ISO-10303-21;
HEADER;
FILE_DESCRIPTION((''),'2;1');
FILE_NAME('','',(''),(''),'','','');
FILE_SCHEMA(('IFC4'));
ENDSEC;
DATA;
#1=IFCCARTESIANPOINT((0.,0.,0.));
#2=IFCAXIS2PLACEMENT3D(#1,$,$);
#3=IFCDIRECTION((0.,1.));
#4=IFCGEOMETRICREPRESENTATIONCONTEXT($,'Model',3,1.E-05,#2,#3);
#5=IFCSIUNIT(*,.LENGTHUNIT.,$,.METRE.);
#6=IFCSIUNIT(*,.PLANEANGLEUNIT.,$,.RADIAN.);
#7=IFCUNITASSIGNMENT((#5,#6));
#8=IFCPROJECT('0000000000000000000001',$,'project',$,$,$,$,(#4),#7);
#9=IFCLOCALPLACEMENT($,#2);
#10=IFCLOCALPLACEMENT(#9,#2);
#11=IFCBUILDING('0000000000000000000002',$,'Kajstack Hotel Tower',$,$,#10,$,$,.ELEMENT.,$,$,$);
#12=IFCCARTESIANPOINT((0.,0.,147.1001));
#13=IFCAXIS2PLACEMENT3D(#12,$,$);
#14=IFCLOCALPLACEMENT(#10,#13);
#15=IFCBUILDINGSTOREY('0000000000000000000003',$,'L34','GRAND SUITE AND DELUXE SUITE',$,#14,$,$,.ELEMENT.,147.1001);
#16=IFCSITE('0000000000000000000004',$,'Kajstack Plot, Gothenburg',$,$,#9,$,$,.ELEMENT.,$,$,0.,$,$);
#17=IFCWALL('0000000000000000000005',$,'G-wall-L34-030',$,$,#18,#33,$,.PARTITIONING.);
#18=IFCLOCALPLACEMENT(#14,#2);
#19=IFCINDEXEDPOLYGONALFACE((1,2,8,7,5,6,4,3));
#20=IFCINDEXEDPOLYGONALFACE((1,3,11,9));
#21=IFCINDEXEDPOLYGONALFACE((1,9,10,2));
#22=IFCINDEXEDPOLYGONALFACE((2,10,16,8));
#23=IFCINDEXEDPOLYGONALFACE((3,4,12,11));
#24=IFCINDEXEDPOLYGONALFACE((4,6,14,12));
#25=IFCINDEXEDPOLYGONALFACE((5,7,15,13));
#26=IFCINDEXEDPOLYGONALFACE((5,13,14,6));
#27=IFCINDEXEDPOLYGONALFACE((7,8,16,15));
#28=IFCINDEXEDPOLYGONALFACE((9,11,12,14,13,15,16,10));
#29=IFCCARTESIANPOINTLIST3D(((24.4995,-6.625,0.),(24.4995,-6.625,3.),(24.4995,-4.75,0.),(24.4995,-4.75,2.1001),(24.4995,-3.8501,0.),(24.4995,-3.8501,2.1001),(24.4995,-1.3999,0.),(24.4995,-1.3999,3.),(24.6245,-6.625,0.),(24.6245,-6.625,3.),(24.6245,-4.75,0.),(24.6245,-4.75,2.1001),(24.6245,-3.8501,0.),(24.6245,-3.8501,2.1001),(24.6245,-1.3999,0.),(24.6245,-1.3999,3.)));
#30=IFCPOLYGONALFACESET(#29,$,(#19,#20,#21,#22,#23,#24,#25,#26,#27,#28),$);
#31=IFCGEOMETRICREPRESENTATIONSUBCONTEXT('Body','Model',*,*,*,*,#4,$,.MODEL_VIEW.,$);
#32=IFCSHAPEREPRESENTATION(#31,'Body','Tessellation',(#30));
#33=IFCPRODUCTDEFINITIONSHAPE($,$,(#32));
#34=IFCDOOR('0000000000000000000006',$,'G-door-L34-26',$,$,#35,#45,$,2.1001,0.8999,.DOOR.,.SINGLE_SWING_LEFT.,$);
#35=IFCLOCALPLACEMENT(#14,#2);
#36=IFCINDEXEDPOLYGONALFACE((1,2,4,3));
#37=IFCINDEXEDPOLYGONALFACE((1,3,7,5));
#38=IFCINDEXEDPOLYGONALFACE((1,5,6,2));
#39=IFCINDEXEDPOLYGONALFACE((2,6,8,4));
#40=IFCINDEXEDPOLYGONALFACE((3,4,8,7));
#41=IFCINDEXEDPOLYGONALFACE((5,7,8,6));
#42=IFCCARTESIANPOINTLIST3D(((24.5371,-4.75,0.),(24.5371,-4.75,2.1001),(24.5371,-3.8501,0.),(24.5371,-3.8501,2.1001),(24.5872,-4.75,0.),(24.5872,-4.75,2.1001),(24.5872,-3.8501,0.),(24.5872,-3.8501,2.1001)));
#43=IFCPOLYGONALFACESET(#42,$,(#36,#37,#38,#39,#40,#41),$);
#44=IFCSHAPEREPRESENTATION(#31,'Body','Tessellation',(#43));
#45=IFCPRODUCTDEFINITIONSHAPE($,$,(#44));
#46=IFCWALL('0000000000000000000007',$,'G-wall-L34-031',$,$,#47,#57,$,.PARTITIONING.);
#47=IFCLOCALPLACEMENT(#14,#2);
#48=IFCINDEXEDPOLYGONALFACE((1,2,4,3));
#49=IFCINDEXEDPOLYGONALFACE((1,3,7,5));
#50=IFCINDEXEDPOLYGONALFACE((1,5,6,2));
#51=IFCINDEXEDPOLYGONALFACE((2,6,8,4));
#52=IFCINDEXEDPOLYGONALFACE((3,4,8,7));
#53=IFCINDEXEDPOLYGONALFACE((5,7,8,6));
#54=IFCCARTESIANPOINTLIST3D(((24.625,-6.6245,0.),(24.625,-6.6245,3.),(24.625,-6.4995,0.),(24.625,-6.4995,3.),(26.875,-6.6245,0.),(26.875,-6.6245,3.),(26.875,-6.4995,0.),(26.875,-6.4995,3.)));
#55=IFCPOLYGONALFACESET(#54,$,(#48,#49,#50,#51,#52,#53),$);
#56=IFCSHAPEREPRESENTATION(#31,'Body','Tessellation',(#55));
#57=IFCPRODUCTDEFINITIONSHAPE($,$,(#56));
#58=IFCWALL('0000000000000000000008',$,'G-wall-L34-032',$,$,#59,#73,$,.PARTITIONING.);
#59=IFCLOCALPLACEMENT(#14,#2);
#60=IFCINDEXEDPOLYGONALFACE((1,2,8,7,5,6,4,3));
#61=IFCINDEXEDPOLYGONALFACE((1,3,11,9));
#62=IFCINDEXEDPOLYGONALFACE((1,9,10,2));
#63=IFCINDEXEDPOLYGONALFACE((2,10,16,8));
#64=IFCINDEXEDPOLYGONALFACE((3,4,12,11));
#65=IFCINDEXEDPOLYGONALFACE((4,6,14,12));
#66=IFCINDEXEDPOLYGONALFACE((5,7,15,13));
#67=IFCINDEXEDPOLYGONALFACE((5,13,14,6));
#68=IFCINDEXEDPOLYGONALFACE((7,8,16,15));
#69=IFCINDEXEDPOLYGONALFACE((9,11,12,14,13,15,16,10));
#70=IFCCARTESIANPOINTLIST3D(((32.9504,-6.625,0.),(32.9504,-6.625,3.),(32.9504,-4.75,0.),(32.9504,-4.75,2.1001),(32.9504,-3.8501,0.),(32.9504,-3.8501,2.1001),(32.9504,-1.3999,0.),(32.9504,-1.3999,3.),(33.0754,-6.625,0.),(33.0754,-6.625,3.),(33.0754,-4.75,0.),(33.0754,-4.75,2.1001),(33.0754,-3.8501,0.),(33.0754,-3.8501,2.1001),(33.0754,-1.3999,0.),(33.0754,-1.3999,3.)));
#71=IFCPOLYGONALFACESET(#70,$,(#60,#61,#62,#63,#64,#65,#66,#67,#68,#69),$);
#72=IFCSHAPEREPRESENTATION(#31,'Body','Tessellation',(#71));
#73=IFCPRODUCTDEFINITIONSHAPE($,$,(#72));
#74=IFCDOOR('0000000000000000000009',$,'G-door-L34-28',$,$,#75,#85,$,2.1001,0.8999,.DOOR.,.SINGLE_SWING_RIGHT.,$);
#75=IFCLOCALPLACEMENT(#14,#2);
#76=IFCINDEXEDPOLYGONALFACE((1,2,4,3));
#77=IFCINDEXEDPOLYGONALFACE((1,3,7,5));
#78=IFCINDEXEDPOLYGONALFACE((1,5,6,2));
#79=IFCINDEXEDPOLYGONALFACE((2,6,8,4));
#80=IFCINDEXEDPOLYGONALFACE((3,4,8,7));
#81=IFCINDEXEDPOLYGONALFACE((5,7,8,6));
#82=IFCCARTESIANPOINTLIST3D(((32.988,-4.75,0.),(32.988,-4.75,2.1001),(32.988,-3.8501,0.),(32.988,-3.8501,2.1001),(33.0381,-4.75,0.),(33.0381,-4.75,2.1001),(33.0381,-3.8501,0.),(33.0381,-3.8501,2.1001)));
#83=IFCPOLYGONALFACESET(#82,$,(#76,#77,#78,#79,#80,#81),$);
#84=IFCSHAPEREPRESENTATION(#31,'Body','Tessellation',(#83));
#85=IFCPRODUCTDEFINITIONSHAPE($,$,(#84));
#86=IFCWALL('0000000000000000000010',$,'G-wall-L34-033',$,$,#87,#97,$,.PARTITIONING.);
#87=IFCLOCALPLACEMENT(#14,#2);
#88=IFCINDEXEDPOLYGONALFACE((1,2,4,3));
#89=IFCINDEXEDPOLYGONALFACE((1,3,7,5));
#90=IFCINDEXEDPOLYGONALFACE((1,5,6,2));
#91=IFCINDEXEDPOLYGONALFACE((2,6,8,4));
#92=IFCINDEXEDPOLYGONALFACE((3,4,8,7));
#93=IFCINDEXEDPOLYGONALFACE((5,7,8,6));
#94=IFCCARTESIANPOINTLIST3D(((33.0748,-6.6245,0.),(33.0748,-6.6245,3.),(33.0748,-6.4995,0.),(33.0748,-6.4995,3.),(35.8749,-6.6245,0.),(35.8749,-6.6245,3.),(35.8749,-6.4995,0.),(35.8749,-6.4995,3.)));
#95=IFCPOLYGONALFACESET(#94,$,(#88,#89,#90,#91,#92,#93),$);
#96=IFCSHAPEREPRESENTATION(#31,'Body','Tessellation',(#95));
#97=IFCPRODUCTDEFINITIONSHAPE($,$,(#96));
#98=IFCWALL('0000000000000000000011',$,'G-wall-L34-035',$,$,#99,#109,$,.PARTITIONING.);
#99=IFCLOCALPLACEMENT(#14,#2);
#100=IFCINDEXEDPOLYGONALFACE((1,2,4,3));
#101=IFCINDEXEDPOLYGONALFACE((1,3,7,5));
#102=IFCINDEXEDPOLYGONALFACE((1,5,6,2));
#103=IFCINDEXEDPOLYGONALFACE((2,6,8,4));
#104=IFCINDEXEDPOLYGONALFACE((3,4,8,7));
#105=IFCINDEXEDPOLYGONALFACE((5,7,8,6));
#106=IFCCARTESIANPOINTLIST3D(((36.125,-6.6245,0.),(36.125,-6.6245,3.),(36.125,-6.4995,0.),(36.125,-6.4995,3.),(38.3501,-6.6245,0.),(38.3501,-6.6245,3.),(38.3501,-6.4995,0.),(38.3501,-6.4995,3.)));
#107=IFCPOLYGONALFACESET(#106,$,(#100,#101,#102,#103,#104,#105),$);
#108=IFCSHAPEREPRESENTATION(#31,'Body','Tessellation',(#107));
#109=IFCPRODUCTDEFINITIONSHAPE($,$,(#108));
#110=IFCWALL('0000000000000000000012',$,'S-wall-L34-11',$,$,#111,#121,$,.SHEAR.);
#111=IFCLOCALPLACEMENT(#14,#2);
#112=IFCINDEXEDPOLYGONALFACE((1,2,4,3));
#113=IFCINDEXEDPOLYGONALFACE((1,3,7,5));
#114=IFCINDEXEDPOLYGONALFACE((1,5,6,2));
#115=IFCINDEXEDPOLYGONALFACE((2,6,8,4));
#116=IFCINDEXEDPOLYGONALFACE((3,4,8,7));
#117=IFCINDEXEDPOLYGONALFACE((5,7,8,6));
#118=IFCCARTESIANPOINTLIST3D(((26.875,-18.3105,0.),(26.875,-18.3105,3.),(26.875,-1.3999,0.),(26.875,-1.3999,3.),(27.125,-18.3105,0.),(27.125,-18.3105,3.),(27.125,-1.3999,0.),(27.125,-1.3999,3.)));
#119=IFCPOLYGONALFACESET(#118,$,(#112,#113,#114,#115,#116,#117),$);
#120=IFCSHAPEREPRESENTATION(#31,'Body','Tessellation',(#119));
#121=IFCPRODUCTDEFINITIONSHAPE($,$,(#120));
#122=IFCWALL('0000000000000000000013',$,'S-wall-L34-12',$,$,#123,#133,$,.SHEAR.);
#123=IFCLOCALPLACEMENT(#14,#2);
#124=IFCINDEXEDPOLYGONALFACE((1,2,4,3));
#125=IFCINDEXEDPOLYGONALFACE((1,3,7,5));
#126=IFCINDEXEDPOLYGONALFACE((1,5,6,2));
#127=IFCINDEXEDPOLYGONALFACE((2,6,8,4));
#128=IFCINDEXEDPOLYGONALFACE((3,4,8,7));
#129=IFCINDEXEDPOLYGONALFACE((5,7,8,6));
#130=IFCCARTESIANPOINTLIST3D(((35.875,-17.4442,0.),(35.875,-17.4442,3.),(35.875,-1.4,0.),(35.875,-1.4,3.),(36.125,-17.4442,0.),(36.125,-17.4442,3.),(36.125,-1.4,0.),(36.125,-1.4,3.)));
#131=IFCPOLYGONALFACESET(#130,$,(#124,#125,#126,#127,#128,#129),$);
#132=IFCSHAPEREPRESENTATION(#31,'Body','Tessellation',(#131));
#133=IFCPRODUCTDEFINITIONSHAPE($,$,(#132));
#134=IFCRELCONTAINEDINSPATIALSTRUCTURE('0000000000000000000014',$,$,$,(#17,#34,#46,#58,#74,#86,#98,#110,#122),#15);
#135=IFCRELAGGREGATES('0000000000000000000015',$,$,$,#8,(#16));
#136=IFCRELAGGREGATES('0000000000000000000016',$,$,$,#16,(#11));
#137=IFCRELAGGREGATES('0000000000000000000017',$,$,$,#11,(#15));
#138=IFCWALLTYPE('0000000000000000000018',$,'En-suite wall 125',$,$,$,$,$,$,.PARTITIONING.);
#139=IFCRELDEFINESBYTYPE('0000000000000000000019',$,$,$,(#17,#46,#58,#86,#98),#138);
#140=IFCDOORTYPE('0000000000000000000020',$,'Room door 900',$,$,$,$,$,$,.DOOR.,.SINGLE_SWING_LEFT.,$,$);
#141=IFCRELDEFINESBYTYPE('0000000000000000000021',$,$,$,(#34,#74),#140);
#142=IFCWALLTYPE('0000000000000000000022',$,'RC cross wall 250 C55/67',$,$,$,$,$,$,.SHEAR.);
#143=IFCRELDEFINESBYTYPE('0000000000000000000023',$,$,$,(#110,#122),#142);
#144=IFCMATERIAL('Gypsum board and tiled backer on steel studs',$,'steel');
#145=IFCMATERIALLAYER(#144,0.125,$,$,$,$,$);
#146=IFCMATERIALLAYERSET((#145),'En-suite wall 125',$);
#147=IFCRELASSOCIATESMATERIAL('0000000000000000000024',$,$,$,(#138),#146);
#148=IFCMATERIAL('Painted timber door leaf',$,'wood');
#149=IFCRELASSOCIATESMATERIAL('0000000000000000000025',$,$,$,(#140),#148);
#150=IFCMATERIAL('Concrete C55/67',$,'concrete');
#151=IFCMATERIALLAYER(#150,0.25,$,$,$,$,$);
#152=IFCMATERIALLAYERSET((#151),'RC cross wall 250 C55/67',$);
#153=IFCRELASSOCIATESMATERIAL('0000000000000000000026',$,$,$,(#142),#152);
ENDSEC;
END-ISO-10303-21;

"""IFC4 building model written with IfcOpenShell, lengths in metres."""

from ifc_helpers import new_model, si_unit, direction, frame, frame_2d, origin, place, context, subcontext, project, spatial, rectangle, extrude, material, layer, layer_set, type_object, element, fill, save


model = new_model("IFC4")

# Units and contexts
model_context = context("Model", 3, precision=1e-05, world=origin(), true_north=direction((0.0, 1.0)))
body_context = subcontext(model_context, "Body", "Model", "MODEL_VIEW")
ifc_project = project(units=[si_unit("LENGTHUNIT", "METRE"), si_unit("PLANEANGLEUNIT", "RADIAN")], contexts=[model_context])

# Site, building, storey
site_placement = place(None, origin())
site = spatial("IfcSite", under=ifc_project, at=site_placement, Name="Kajstack Plot, Gothenburg", CompositionType="ELEMENT", RefElevation=0.0)
building_placement = place(site_placement, origin())
building = spatial("IfcBuilding", under=site, at=building_placement, Name="Kajstack Hotel Tower", CompositionType="ELEMENT")
storey_placement = place(building_placement, frame((0.0, 0.0, 147.1001)))
storey = spatial("IfcBuildingStorey", under=building, at=storey_placement, Name="L34", Description="GRAND SUITE AND DELUXE SUITE", CompositionType="ELEMENT", Elevation=147.1001)

# Wall, opening, door
ifc_material_1 = material(Name="Gypsum board and tiled backer on steel studs", Category="steel")
ifc_layer_1 = layer(ifc_material_1, 0.125)
ifc_layer_set_1 = layer_set([ifc_layer_1], Name="En-suite wall 125")
wall_type_1 = type_object("IfcWallType", Name="En-suite wall 125", PredefinedType="PARTITIONING", material=ifc_layer_set_1)
wall_1_placement = place(storey_placement, frame((24.562, -6.625, 0.0), z_axis=(0.0, 0.0, 1.0), x_axis=(0.0, 1.0, 0.0)))
wall_1 = element("IfcWall", 1, at=wall_1_placement, inside=storey, type_object=wall_type_1, Name="G-wall-L34-030", PredefinedType="PARTITIONING", context=body_context, shape_type="SweptSolid", body=[
    extrude(rectangle(XDim=5.2251, YDim=0.125, at=frame_2d((2.6125, 0.0))), origin(), (0.0, 0.0, 1.0), 3.0),
])
opening_1_placement = place(wall_1_placement, frame((1.875, 0.0, 0.0)))
opening_1 = element("IfcOpeningElement", 2, at=opening_1_placement, cuts=wall_1, PredefinedType="OPENING", context=body_context, shape_type="SweptSolid", body=[
    extrude(rectangle(XDim=0.8999, YDim=2.1001, at=frame_2d((0.45, 1.05))), frame((0.0, 0.0725, 0.0), z_axis=(0.0, -1.0, 0.0), x_axis=(1.0, 0.0, 0.0)), (0.0, 0.0, 1.0), 0.145),
])
ifc_material_2 = material(Name="Painted timber door leaf", Category="wood")
door_type_1 = type_object("IfcDoorType", Name="Room door 900", OperationType="SINGLE_SWING_LEFT", PredefinedType="DOOR", material=ifc_material_2)
door_1_placement = place(opening_1_placement, origin())
door_1 = element("IfcDoor", 3, at=door_1_placement, inside=storey, type_object=door_type_1, Name="G-door-L34-26", OperationType="SINGLE_SWING_LEFT", OverallHeight=2.1001, OverallWidth=0.8999, PredefinedType="DOOR", context=body_context, shape_type="SweptSolid", body=[
    extrude(rectangle(XDim=0.8999, YDim=2.1001, at=frame_2d((0.45, 1.05))), frame((0.0, 0.0249, 0.0), z_axis=(0.0, -1.0, 0.0), x_axis=(1.0, 0.0, 0.0)), (0.0, 0.0, 1.0), 0.05),
])
fill(opening_1, door_1)

# Wall
wall_2_placement = place(storey_placement, frame((24.625, -6.562, 0.0), z_axis=(0.0, 0.0, 1.0), x_axis=(1.0, 0.0, 0.0)))
element("IfcWall", 4, at=wall_2_placement, inside=storey, type_object=wall_type_1, Name="G-wall-L34-031", PredefinedType="PARTITIONING", context=body_context, shape_type="SweptSolid", body=[
    extrude(rectangle(XDim=2.25, YDim=0.125, at=frame_2d((1.125, 0.0))), origin(), (0.0, 0.0, 1.0), 3.0),
])

# Wall, opening, door
wall_3_placement = place(storey_placement, frame((33.0129, -6.625, 0.0), z_axis=(0.0, 0.0, 1.0), x_axis=(0.0, 1.0, 0.0)))
wall_3 = element("IfcWall", 5, at=wall_3_placement, inside=storey, type_object=wall_type_1, Name="G-wall-L34-032", PredefinedType="PARTITIONING", context=body_context, shape_type="SweptSolid", body=[
    extrude(rectangle(XDim=5.2251, YDim=0.125, at=frame_2d((2.6125, 0.0))), origin(), (0.0, 0.0, 1.0), 3.0),
])
opening_2_placement = place(wall_3_placement, frame((1.875, 0.0, 0.0)))
opening_2 = element("IfcOpeningElement", 6, at=opening_2_placement, cuts=wall_3, PredefinedType="OPENING", context=body_context, shape_type="SweptSolid", body=[
    extrude(rectangle(XDim=0.8999, YDim=2.1001, at=frame_2d((0.45, 1.05))), frame((0.0, 0.0725, 0.0), z_axis=(0.0, -1.0, 0.0), x_axis=(1.0, 0.0, 0.0)), (0.0, 0.0, 1.0), 0.145),
])
door_2_placement = place(opening_2_placement, origin())
door_2 = element("IfcDoor", 7, at=door_2_placement, inside=storey, type_object=door_type_1, Name="G-door-L34-28", OperationType="SINGLE_SWING_RIGHT", OverallHeight=2.1001, OverallWidth=0.8999, PredefinedType="DOOR", context=body_context, shape_type="SweptSolid", body=[
    extrude(rectangle(XDim=0.8999, YDim=2.1001, at=frame_2d((0.45, 1.05))), frame((0.0, 0.0249, 0.0), z_axis=(0.0, -1.0, 0.0), x_axis=(1.0, 0.0, 0.0)), (0.0, 0.0, 1.0), 0.05),
])
fill(opening_2, door_2)

# Walls
wall_4_placement = place(storey_placement, frame((33.075, -6.562, 0.0), z_axis=(0.0, 0.0, 1.0), x_axis=(1.0, 0.0, 0.0)))
element("IfcWall", 8, at=wall_4_placement, inside=storey, type_object=wall_type_1, Name="G-wall-L34-033", PredefinedType="PARTITIONING", context=body_context, shape_type="SweptSolid", body=[
    extrude(rectangle(XDim=2.8, YDim=0.125, at=frame_2d((1.3999, 0.0))), origin(), (0.0, 0.0, 1.0), 3.0),
])
wall_5_placement = place(storey_placement, frame((36.125, -6.562, 0.0), z_axis=(0.0, 0.0, 1.0), x_axis=(1.0, 0.0, 0.0)))
element("IfcWall", 9, at=wall_5_placement, inside=storey, type_object=wall_type_1, Name="G-wall-L34-035", PredefinedType="PARTITIONING", context=body_context, shape_type="SweptSolid", body=[
    extrude(rectangle(XDim=2.2251, YDim=0.125, at=frame_2d((1.1125, 0.0))), origin(), (0.0, 0.0, 1.0), 3.0),
])
ifc_material_3 = material(Name="Concrete C55/67", Category="concrete")
ifc_layer_2 = layer(ifc_material_3, 0.25)
ifc_layer_set_2 = layer_set([ifc_layer_2], Name="RC cross wall 250 C55/67")
wall_type_2 = type_object("IfcWallType", Name="RC cross wall 250 C55/67", PredefinedType="SHEAR", material=ifc_layer_set_2)
wall_6_placement = place(storey_placement, frame((27.0, -18.3105, 0.0), z_axis=(0.0, 0.0, 1.0), x_axis=(0.0, 1.0, 0.0)))
element("IfcWall", 10, at=wall_6_placement, inside=storey, type_object=wall_type_2, Name="S-wall-L34-11", PredefinedType="SHEAR", context=body_context, shape_type="SweptSolid", body=[
    extrude(rectangle(XDim=16.9106, YDim=0.25, at=frame_2d((8.4553, 0.0))), origin(), (0.0, 0.0, 1.0), 3.0),
])
wall_7_placement = place(storey_placement, frame((36.0, -17.4441, 0.0), z_axis=(0.0, 0.0, 1.0), x_axis=(0.0, 1.0, 0.0)))
element("IfcWall", 11, at=wall_7_placement, inside=storey, type_object=wall_type_2, Name="S-wall-L34-12", PredefinedType="SHEAR", context=body_context, shape_type="SweptSolid", body=[
    extrude(rectangle(XDim=16.0442, YDim=0.25, at=frame_2d((8.022, 0.0))), origin(), (0.0, 0.0, 1.0), 3.0),
])

save(model, "model.ifc")
